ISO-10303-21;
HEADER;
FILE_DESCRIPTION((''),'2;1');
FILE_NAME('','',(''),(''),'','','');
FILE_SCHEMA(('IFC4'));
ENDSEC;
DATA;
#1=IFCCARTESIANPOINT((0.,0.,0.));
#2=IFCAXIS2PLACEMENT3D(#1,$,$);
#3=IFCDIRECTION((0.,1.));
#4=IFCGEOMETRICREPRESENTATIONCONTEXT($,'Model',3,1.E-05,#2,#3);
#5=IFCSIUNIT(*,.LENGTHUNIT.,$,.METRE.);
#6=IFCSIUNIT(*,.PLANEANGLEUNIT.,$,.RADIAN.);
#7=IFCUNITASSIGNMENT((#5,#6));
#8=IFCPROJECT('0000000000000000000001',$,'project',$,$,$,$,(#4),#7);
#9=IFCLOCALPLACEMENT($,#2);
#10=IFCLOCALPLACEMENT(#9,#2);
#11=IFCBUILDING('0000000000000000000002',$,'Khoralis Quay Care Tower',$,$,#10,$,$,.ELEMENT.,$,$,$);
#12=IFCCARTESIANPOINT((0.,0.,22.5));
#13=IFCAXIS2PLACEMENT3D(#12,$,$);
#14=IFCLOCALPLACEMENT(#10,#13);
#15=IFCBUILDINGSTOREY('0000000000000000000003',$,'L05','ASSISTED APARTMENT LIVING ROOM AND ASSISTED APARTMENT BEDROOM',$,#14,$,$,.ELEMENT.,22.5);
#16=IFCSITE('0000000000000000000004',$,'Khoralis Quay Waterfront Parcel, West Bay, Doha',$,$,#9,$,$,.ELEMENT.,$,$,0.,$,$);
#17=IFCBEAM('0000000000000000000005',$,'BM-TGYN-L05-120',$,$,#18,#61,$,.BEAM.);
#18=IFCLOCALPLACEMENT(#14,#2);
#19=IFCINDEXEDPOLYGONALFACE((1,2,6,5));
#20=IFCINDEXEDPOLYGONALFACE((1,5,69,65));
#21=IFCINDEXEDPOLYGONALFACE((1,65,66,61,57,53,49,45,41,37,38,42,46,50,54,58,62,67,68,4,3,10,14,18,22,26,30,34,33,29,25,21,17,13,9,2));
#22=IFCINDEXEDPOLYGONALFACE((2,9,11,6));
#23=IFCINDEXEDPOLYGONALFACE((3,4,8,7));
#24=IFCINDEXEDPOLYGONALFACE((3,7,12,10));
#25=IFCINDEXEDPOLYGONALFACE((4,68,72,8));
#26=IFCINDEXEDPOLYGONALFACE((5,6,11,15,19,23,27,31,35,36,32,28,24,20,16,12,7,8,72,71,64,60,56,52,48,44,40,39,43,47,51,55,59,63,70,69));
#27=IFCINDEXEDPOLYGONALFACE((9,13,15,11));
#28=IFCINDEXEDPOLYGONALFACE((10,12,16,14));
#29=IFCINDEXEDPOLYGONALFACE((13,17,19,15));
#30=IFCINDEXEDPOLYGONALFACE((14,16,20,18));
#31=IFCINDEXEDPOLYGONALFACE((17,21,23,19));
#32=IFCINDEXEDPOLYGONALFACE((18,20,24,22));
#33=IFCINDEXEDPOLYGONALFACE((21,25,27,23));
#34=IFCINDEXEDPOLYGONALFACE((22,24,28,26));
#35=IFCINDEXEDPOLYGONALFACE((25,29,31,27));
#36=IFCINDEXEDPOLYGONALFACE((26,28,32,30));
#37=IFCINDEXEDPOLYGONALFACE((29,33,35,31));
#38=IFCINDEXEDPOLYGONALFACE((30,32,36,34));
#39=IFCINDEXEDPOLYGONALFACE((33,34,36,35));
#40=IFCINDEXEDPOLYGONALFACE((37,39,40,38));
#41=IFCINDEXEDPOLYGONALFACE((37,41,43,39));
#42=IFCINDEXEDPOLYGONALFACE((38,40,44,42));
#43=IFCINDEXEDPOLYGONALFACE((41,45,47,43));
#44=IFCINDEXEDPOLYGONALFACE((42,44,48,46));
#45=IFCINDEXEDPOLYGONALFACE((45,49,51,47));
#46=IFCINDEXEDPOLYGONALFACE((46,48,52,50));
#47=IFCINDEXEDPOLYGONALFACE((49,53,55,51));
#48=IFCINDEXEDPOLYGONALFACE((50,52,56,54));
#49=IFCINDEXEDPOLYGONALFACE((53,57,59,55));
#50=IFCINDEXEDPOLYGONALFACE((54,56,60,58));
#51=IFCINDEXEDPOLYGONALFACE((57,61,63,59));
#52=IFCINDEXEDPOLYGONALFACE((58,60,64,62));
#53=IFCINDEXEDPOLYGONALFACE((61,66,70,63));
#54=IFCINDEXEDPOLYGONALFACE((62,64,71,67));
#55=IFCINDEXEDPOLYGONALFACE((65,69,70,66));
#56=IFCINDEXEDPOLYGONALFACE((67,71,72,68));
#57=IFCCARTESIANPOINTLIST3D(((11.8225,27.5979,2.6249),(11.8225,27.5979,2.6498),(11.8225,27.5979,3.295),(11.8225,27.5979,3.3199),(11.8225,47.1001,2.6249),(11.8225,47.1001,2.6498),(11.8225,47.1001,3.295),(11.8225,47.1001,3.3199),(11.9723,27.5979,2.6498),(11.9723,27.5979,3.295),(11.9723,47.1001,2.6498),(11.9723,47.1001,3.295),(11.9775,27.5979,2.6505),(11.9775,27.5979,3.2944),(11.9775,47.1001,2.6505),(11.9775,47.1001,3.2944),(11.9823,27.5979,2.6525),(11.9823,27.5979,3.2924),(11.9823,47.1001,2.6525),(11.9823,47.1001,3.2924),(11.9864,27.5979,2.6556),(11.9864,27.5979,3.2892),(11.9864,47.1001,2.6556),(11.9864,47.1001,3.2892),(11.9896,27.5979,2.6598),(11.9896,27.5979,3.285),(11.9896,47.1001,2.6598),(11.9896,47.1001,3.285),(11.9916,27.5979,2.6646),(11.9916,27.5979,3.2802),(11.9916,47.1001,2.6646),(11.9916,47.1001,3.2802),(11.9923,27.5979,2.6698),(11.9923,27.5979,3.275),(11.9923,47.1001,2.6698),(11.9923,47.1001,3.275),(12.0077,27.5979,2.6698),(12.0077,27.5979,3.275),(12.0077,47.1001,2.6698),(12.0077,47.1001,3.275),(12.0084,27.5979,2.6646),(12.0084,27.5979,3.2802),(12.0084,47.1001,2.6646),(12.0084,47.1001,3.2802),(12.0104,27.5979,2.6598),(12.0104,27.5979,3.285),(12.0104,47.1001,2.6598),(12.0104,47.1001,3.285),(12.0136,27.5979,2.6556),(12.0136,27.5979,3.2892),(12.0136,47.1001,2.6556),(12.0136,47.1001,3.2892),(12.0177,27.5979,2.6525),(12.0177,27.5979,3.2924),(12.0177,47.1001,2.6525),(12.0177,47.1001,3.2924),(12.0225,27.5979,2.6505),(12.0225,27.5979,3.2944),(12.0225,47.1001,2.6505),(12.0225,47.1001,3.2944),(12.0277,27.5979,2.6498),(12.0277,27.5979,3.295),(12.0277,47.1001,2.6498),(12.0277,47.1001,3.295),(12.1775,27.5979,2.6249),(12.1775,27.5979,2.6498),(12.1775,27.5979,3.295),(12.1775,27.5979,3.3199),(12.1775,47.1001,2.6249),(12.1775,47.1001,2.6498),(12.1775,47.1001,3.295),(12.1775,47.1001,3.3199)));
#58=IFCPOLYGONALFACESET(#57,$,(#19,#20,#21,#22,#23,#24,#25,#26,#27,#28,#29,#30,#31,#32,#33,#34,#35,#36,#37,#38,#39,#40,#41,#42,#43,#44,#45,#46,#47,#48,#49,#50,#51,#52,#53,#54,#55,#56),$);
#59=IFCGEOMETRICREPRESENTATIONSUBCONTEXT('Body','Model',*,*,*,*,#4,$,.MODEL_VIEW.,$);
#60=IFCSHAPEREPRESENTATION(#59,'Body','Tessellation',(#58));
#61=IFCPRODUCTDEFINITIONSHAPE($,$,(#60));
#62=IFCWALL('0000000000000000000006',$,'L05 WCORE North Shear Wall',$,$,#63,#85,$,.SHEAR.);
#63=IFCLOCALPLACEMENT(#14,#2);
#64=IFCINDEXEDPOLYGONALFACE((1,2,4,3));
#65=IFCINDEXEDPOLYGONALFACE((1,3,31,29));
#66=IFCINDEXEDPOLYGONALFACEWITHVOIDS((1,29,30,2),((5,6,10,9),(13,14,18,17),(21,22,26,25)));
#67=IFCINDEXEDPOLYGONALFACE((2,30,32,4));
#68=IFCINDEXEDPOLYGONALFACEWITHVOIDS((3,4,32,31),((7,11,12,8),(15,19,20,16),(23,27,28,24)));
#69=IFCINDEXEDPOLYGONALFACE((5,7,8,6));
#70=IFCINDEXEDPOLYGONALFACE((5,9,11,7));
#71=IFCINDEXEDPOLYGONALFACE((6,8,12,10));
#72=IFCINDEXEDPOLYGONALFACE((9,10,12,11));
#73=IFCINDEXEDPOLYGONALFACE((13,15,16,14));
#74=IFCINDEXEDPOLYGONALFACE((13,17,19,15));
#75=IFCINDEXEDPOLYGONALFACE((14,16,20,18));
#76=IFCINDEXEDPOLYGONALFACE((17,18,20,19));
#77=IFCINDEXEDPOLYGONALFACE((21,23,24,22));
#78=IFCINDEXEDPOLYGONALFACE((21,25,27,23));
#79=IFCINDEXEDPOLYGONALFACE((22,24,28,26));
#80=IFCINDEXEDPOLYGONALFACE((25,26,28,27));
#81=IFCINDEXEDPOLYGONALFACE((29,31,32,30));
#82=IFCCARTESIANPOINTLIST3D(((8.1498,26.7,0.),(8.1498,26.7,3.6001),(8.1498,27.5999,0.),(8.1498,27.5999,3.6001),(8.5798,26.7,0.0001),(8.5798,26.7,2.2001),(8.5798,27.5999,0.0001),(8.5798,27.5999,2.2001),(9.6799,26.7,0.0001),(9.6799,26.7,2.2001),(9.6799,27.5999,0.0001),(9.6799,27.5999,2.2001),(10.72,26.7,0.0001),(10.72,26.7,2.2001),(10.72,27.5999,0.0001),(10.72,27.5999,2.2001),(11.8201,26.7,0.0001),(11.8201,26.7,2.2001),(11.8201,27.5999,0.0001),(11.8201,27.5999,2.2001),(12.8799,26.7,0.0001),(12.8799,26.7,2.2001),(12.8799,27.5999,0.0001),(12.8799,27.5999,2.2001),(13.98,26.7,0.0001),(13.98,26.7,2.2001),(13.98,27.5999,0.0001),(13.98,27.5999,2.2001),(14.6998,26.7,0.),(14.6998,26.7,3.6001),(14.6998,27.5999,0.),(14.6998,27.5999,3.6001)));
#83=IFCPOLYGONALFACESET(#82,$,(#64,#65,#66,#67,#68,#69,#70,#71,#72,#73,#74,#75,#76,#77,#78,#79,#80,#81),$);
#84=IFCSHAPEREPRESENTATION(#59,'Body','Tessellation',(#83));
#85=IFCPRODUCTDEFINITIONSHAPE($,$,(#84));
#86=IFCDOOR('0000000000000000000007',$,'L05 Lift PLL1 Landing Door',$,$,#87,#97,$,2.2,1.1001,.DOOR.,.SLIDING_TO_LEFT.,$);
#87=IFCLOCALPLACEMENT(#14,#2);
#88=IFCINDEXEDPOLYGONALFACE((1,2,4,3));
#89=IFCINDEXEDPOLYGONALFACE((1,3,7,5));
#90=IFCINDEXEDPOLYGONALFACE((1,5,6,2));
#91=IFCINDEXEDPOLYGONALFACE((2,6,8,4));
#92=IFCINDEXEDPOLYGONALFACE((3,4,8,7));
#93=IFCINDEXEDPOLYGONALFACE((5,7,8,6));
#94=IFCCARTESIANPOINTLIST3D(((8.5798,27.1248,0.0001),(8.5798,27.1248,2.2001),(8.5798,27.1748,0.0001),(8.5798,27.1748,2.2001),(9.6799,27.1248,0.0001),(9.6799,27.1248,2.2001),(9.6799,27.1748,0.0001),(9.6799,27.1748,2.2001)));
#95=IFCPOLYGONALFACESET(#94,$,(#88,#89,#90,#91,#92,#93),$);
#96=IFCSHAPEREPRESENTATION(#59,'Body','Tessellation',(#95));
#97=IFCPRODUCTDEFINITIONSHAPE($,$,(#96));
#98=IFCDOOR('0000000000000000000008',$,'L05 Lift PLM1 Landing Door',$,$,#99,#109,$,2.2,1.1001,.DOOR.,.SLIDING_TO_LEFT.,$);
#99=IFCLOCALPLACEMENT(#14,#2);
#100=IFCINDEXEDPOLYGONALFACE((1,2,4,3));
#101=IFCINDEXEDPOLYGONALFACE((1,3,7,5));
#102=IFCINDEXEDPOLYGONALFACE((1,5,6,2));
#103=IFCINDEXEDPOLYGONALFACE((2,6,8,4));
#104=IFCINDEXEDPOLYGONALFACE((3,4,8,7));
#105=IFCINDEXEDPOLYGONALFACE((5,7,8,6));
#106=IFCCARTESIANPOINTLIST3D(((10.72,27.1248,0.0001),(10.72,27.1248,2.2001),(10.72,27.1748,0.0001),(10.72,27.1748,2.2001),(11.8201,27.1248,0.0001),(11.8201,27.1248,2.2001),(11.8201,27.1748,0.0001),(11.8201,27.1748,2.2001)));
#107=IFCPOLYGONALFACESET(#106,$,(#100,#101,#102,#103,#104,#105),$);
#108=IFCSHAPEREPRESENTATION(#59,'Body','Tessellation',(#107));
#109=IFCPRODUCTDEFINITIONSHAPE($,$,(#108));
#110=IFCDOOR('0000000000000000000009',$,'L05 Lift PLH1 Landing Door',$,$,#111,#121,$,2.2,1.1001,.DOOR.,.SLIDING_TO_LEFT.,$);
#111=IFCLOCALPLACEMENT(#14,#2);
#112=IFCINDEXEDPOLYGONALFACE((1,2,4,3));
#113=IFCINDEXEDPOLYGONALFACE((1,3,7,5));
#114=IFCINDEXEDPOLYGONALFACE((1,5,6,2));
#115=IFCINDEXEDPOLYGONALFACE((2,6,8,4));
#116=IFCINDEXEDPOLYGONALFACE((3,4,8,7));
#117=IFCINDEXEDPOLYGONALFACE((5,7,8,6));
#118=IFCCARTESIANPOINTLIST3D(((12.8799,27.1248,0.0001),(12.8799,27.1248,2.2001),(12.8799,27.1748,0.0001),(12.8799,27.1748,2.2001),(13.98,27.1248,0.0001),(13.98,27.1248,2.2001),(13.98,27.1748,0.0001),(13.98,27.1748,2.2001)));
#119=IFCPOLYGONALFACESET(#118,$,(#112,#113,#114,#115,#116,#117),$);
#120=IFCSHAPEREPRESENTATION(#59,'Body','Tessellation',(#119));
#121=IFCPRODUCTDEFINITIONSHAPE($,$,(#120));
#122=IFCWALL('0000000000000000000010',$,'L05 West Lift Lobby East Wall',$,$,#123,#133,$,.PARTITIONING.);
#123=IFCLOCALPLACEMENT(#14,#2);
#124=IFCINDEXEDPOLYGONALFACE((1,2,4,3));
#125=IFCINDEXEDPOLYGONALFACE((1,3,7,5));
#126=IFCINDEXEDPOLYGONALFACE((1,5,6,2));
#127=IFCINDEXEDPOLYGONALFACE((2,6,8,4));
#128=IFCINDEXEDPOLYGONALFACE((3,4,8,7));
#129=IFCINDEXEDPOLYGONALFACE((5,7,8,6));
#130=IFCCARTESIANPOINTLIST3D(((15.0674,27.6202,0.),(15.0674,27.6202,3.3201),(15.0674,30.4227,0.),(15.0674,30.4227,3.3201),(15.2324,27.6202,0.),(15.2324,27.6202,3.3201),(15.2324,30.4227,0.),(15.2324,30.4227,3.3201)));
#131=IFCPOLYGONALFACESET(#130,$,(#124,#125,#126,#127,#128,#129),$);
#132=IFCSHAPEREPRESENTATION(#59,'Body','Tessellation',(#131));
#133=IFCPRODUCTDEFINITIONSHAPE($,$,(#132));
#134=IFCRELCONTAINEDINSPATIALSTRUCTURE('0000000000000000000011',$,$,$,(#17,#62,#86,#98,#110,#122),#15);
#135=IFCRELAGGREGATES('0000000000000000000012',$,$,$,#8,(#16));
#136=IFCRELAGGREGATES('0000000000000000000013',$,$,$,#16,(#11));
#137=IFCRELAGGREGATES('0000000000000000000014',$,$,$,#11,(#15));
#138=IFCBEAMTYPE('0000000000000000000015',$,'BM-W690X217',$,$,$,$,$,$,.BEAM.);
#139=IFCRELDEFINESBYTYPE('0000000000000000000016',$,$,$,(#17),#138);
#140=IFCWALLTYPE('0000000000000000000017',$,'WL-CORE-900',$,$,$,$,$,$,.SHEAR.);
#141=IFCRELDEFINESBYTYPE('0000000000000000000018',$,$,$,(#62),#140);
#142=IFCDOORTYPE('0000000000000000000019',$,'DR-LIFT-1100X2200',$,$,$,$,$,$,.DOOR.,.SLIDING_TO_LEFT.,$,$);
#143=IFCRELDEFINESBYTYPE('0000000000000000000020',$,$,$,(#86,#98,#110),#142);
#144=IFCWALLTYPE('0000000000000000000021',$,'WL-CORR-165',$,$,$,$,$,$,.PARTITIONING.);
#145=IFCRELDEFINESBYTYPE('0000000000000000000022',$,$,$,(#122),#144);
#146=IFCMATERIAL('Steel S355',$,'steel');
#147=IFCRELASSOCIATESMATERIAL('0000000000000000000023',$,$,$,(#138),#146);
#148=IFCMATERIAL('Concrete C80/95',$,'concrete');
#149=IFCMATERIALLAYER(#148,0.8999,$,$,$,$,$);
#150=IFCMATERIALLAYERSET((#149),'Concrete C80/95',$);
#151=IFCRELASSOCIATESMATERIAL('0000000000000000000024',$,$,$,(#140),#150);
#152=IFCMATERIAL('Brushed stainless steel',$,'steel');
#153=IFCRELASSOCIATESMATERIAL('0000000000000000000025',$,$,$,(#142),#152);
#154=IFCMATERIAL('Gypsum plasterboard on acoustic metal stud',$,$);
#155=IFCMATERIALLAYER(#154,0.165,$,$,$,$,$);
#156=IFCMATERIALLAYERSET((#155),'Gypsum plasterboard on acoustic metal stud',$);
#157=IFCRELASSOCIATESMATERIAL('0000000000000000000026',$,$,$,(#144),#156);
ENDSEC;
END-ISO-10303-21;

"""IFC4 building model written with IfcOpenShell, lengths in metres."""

from ifc_helpers import new_model, si_unit, direction, frame, frame_2d, origin, origin_2d, place, context, subcontext, project, spatial, rectangle, i_section, extrude, source, transform, mapped, material, layer, layer_set, material_profile, profile_set, type_object, element, fill, save


model = new_model("IFC4")

# Units and contexts
model_context = context("Model", 3, precision=1e-05, world=origin(), true_north=direction((0.0, 1.0)))
body_context = subcontext(model_context, "Body", "Model", "MODEL_VIEW")
ifc_project = project(units=[si_unit("LENGTHUNIT", "METRE"), si_unit("PLANEANGLEUNIT", "RADIAN")], contexts=[model_context])

# Site, building, storey
site_placement = place(None, origin())
site = spatial("IfcSite", under=ifc_project, at=site_placement, Name="Khoralis Quay Waterfront Parcel, West Bay, Doha", CompositionType="ELEMENT", RefElevation=0.0)
building_placement = place(site_placement, origin())
building = spatial("IfcBuilding", under=site, at=building_placement, Name="Khoralis Quay Care Tower", CompositionType="ELEMENT")
storey_placement = place(building_placement, frame((0.0, 0.0, 22.5)))
storey = spatial("IfcBuildingStorey", under=building, at=storey_placement, Name="L05", Description="ASSISTED APARTMENT LIVING ROOM AND ASSISTED APARTMENT BEDROOM", CompositionType="ELEMENT", Elevation=22.5)

# Beam
ifc_material_1 = material(Name="Concrete C80/95", Category="concrete")
ifc_material_2 = material(Name="Steel S355", Category="steel")
ifc_material_profile_1 = material_profile(ifc_material_2, i_section(OverallWidth=0.355, OverallDepth=0.6951, WebThickness=0.0154, FlangeThickness=0.0249, FilletRadius=0.02, at=origin_2d()), Name="Steel S355")
ifc_profile_set_1 = profile_set([ifc_material_profile_1], Name="Steel S355")
beam_type_1 = type_object("IfcBeamType", Name="BM-W690X217", PredefinedType="BEAM", material=ifc_profile_set_1)
shared_shape_1 = source(origin(), body_context, "Body", "SweptSolid", [
    extrude(i_section(OverallWidth=0.355, OverallDepth=0.6951, WebThickness=0.0154, FlangeThickness=0.0249, FilletRadius=0.02, at=origin_2d()), origin(), (0.0, 0.0, 1.0), 19.5022),
])
beam_1_placement = place(storey_placement, frame((12.0, 27.5979, 2.9724), z_axis=(0.0, 1.0, 0.0), x_axis=(-1.0, 0.0, 0.0)))
element("IfcBeam", 1, at=beam_1_placement, inside=storey, type_object=beam_type_1, Name="BM-TGYN-L05-120", PredefinedType="BEAM", context=body_context, shape_type="MappedRepresentation", body=[
    mapped(shared_shape_1, transform((0.0, 0.0, 0.0), scale=1.0)),
])

# Wall, openings, doors
ifc_layer_1 = layer(ifc_material_1, 0.8999)
ifc_layer_set_1 = layer_set([ifc_layer_1], Name="Concrete C80/95")
wall_type_1 = type_object("IfcWallType", Name="WL-CORE-900", PredefinedType="SHEAR", material=ifc_layer_set_1)
wall_1_placement = place(storey_placement, frame((8.1499, 27.1499, 0.0), z_axis=(0.0, 0.0, 1.0), x_axis=(1.0, 0.0, 0.0)))
wall_1 = element("IfcWall", 2, at=wall_1_placement, inside=storey, type_object=wall_type_1, Name="L05 WCORE North Shear Wall", PredefinedType="SHEAR", context=body_context, shape_type="SweptSolid", body=[
    extrude(rectangle(XDim=6.55, YDim=0.8999, at=frame_2d((3.2749, 0.0))), origin(), (0.0, 0.0, 1.0), 3.6001),
])
opening_1_placement = place(wall_1_placement, frame((0.4299, 0.0, 0.0)))
opening_1 = element("IfcOpeningElement", 3, at=opening_1_placement, cuts=wall_1, PredefinedType="OPENING", context=body_context, shape_type="SweptSolid", body=[
    extrude(rectangle(XDim=1.1001, YDim=2.2, at=frame_2d((0.55, 1.1001))), frame((0.0, 0.46, 0.0), z_axis=(0.0, -1.0, 0.0), x_axis=(1.0, 0.0, 0.0)), (0.0, 0.0, 1.0), 0.9199),
])
opening_2_placement = place(wall_1_placement, frame((2.5701, 0.0, 0.0)))
opening_2 = element("IfcOpeningElement", 4, at=opening_2_placement, cuts=wall_1, PredefinedType="OPENING", context=body_context, shape_type="SweptSolid", body=[
    extrude(rectangle(XDim=1.1001, YDim=2.2, at=frame_2d((0.55, 1.1001))), frame((0.0, 0.46, 0.0), z_axis=(0.0, -1.0, 0.0), x_axis=(1.0, 0.0, 0.0)), (0.0, 0.0, 1.0), 0.9199),
])
opening_3_placement = place(wall_1_placement, frame((4.73, 0.0, 0.0)))
opening_3 = element("IfcOpeningElement", 5, at=opening_3_placement, cuts=wall_1, PredefinedType="OPENING", context=body_context, shape_type="SweptSolid", body=[
    extrude(rectangle(XDim=1.1001, YDim=2.2, at=frame_2d((0.55, 1.1001))), frame((0.0, 0.46, 0.0), z_axis=(0.0, -1.0, 0.0), x_axis=(1.0, 0.0, 0.0)), (0.0, 0.0, 1.0), 0.9199),
])
ifc_material_3 = material(Name="Brushed stainless steel", Category="steel")
door_type_1 = type_object("IfcDoorType", Name="DR-LIFT-1100X2200", OperationType="SLIDING_TO_LEFT", PredefinedType="DOOR", material=ifc_material_3)
shared_shape_2 = source(origin(), body_context, "Body", "SweptSolid", [
    extrude(rectangle(XDim=1.1001, YDim=2.2, at=frame_2d((0.55, 1.1001))), frame((0.0, 0.0249, 0.0), z_axis=(0.0, -1.0, 0.0), x_axis=(1.0, 0.0, 0.0)), (0.0, 0.0, 1.0), 0.05),
])
door_1_placement = place(opening_1_placement, origin())
door_1 = element("IfcDoor", 6, at=door_1_placement, inside=storey, type_object=door_type_1, Name="L05 Lift PLL1 Landing Door", OperationType="SLIDING_TO_LEFT", OverallHeight=2.2, OverallWidth=1.1001, PredefinedType="DOOR", context=body_context, shape_type="MappedRepresentation", body=[
    mapped(shared_shape_2, transform((0.0, 0.0, 0.0), scale=1.0)),
])
fill(opening_1, door_1)
door_2_placement = place(opening_2_placement, origin())
door_2 = element("IfcDoor", 7, at=door_2_placement, inside=storey, type_object=door_type_1, Name="L05 Lift PLM1 Landing Door", OperationType="SLIDING_TO_LEFT", OverallHeight=2.2, OverallWidth=1.1001, PredefinedType="DOOR", context=body_context, shape_type="MappedRepresentation", body=[
    mapped(shared_shape_2, transform((0.0, 0.0, 0.0), scale=1.0)),
])
fill(opening_2, door_2)
door_3_placement = place(opening_3_placement, origin())
door_3 = element("IfcDoor", 8, at=door_3_placement, inside=storey, type_object=door_type_1, Name="L05 Lift PLH1 Landing Door", OperationType="SLIDING_TO_LEFT", OverallHeight=2.2, OverallWidth=1.1001, PredefinedType="DOOR", context=body_context, shape_type="MappedRepresentation", body=[
    mapped(shared_shape_2, transform((0.0, 0.0, 0.0), scale=1.0)),
])
fill(opening_3, door_3)

# Wall
ifc_material_4 = material(Name="Gypsum plasterboard on acoustic metal stud")
ifc_layer_2 = layer(ifc_material_4, 0.165)
ifc_layer_set_2 = layer_set([ifc_layer_2], Name="Gypsum plasterboard on acoustic metal stud")
wall_type_2 = type_object("IfcWallType", Name="WL-CORR-165", PredefinedType="PARTITIONING", material=ifc_layer_set_2)
wall_2_placement = place(storey_placement, frame((15.1499, 27.6201, 0.0), z_axis=(0.0, 0.0, 1.0), x_axis=(0.0, 1.0, 0.0)))
element("IfcWall", 9, at=wall_2_placement, inside=storey, type_object=wall_type_2, Name="L05 West Lift Lobby East Wall", PredefinedType="PARTITIONING", context=body_context, shape_type="SweptSolid", body=[
    extrude(rectangle(XDim=2.8025, YDim=0.165, at=frame_2d((1.4014, 0.0))), origin(), (0.0, 0.0, 1.0), 3.3201),
])

save(model, "model.ifc")
